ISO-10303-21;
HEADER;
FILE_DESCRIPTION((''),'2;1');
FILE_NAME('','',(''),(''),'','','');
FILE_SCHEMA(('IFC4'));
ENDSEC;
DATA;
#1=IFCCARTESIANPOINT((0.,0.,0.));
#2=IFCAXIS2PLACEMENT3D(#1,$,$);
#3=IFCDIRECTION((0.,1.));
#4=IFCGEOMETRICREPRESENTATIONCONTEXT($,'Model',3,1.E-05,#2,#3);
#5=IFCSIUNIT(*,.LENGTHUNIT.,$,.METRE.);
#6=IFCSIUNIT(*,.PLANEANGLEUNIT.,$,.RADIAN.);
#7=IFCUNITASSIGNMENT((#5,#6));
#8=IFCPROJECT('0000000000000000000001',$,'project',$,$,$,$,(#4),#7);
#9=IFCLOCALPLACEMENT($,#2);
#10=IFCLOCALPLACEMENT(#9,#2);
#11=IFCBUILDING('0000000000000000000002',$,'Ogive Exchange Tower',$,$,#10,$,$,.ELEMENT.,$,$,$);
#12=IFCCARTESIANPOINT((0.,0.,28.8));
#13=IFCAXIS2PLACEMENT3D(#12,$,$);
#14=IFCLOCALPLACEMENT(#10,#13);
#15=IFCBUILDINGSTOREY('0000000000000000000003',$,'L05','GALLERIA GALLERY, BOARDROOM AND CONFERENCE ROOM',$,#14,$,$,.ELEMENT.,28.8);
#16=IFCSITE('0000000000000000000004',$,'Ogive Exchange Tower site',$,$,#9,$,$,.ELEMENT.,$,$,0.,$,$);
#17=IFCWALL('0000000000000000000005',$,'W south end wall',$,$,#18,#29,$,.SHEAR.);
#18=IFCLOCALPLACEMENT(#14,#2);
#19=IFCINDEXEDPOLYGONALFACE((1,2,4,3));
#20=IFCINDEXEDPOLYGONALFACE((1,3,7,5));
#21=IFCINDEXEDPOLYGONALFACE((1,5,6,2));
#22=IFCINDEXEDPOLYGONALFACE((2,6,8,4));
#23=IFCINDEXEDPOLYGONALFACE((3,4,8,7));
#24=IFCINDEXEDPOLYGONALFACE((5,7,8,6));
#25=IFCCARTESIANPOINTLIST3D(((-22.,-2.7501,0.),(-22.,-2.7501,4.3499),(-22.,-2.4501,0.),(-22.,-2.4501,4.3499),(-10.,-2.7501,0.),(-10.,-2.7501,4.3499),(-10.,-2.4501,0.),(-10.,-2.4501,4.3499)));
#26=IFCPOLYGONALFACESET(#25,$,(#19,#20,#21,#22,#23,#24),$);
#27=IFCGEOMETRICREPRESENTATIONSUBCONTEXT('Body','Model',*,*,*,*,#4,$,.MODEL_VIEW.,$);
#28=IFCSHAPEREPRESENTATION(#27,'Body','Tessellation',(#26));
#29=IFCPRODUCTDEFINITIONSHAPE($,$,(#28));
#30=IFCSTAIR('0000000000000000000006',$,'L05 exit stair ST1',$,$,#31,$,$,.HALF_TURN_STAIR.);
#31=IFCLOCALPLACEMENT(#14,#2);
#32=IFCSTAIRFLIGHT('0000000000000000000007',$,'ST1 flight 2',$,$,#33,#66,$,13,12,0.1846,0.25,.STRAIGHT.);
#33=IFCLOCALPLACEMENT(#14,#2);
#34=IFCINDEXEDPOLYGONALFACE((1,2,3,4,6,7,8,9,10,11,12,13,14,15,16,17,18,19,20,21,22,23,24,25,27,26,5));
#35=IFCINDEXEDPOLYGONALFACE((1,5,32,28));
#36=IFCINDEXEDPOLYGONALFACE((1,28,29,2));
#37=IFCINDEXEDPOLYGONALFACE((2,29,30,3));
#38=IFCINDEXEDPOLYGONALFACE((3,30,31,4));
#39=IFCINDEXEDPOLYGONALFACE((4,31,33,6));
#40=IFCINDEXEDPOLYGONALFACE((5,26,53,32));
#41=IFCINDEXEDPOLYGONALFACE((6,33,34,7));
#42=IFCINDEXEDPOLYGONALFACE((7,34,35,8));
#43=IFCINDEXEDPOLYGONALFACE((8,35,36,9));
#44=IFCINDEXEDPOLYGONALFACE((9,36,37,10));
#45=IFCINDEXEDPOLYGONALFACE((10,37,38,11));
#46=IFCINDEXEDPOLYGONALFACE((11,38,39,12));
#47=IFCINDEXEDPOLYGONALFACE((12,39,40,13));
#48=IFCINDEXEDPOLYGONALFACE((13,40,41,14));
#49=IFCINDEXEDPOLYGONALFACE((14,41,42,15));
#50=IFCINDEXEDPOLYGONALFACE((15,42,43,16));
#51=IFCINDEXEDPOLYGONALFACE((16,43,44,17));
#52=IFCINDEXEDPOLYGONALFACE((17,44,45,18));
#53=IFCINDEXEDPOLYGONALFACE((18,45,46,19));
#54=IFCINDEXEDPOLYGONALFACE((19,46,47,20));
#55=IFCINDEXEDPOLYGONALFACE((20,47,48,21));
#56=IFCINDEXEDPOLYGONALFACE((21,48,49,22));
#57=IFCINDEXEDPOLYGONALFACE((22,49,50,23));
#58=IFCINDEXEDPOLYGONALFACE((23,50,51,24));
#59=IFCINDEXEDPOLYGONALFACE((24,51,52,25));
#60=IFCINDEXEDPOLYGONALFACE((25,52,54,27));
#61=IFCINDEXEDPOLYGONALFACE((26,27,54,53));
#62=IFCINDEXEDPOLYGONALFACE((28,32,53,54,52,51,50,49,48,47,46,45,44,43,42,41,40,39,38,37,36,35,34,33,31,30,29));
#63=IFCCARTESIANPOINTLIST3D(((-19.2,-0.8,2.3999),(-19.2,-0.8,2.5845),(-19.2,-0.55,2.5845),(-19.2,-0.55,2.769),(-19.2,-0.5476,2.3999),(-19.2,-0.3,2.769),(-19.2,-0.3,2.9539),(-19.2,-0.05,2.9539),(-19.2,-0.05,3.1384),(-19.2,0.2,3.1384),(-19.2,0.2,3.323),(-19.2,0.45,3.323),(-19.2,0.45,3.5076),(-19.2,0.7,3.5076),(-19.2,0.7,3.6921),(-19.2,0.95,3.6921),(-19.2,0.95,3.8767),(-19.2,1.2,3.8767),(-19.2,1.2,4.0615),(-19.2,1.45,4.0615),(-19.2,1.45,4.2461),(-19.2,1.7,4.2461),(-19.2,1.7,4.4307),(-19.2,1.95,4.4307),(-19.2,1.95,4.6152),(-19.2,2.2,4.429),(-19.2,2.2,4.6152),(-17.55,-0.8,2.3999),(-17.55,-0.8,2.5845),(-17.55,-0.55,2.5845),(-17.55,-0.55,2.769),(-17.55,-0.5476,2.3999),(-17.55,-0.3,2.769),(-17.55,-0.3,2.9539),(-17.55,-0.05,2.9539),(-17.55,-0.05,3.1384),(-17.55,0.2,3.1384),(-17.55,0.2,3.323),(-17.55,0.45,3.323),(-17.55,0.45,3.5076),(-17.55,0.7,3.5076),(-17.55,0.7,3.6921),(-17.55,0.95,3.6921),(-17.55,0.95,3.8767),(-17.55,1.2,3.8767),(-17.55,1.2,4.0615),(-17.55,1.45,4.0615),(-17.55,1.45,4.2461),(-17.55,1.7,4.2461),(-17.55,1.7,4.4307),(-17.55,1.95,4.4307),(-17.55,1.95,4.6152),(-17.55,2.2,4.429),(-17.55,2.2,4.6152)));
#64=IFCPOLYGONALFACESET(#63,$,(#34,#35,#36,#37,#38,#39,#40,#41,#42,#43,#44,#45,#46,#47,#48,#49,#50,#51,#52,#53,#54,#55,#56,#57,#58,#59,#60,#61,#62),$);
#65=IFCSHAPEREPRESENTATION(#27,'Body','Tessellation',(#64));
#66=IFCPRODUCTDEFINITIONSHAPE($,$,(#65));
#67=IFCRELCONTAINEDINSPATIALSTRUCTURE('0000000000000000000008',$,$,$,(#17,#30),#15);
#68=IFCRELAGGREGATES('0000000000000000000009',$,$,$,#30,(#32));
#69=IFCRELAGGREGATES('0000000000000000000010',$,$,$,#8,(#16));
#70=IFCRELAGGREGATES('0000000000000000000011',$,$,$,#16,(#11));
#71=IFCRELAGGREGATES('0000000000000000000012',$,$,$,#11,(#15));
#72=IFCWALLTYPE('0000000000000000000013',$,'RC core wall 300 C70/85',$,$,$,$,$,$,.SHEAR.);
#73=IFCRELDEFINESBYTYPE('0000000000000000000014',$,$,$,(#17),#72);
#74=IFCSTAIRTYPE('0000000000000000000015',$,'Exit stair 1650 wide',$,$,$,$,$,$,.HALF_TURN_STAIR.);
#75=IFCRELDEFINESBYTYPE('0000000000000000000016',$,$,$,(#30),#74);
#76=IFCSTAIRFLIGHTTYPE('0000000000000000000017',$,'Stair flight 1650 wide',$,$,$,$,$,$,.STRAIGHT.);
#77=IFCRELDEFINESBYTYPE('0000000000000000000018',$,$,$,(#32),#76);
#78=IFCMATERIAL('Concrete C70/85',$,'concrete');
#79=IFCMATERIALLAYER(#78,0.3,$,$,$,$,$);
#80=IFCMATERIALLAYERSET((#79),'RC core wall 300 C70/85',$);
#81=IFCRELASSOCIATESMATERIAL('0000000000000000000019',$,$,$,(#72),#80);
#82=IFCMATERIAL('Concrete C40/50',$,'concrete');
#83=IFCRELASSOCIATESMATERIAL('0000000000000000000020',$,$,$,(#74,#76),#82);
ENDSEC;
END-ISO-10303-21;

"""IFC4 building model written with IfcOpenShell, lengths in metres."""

from ifc_helpers import new_model, si_unit, direction, frame, frame_2d, origin, place, context, subcontext, project, spatial, polyline, rectangle, outline, extrude, material, layer, layer_set, type_object, element, aggregate, save


model = new_model("IFC4")

# Units and contexts
model_context = context("Model", 3, precision=1e-05, world=origin(), true_north=direction((0.0, 1.0)))
body_context = subcontext(model_context, "Body", "Model", "MODEL_VIEW")
ifc_project = project(units=[si_unit("LENGTHUNIT", "METRE"), si_unit("PLANEANGLEUNIT", "RADIAN")], contexts=[model_context])

# Site, building, storey
site_placement = place(None, origin())
site = spatial("IfcSite", under=ifc_project, at=site_placement, Name="Ogive Exchange Tower site", CompositionType="ELEMENT", RefElevation=0.0)
building_placement = place(site_placement, origin())
building = spatial("IfcBuilding", under=site, at=building_placement, Name="Ogive Exchange Tower", CompositionType="ELEMENT")
storey_placement = place(building_placement, frame((0.0, 0.0, 28.8)))
storey = spatial("IfcBuildingStorey", under=building, at=storey_placement, Name="L05", Description="GALLERIA GALLERY, BOARDROOM AND CONFERENCE ROOM", CompositionType="ELEMENT", Elevation=28.8)

# Shared definitions
ifc_material_1 = material(Name="Concrete C70/85", Category="concrete")

# Wall
ifc_layer_1 = layer(ifc_material_1, 0.3)
ifc_layer_set_1 = layer_set([ifc_layer_1], Name="RC core wall 300 C70/85")
wall_type_1 = type_object("IfcWallType", Name="RC core wall 300 C70/85", PredefinedType="SHEAR", material=ifc_layer_set_1)
wall_1_placement = place(storey_placement, frame((-22.0, -2.6001, 0.0), z_axis=(0.0, 0.0, 1.0), x_axis=(1.0, 0.0, 0.0)))
element("IfcWall", 1, at=wall_1_placement, inside=storey, type_object=wall_type_1, Name="W south end wall", PredefinedType="SHEAR", context=body_context, shape_type="SweptSolid", body=[
    extrude(rectangle(XDim=12.0, YDim=0.3, at=frame_2d((6.0, 0.0))), origin(), (0.0, 0.0, 1.0), 4.3499),
])

# Stair, stair flight
ifc_material_2 = material(Name="Concrete C40/50", Category="concrete")
stair_type = type_object("IfcStairType", Name="Exit stair 1650 wide", PredefinedType="HALF_TURN_STAIR", material=ifc_material_2)
stair_placement = place(storey_placement, origin())
stair = element("IfcStair", 2, at=stair_placement, inside=storey, type_object=stair_type, Name="L05 exit stair ST1", PredefinedType="HALF_TURN_STAIR")
stair_flight_type = type_object("IfcStairFlightType", Name="Stair flight 1650 wide", PredefinedType="STRAIGHT", material=ifc_material_2)
stair_flight_placement = place(storey_placement, frame((-18.375, -0.8, 2.3999), z_axis=(0.0, 0.0, 1.0), x_axis=(0.0, 1.0, 0.0)))
stair_flight = element("IfcStairFlight", 3, at=stair_flight_placement, type_object=stair_flight_type, Name="ST1 flight 2", NumberOfRisers=13, NumberOfTreads=12, PredefinedType="STRAIGHT", RiserHeight=0.1846, TreadLength=0.25, context=body_context, shape_type="SweptSolid", body=[
    extrude(outline(polyline([(0.0, 0.0), (0.0, 0.1846), (0.25, 0.1846), (0.25, 0.3691), (0.5, 0.3691), (0.5, 0.554), (0.75, 0.554), (0.75, 0.7385), (1.0, 0.7385), (1.0, 0.9231), (1.25, 0.9231), (1.25, 1.1077), (1.5, 1.1077), (1.5, 1.2922), (1.75, 1.2922), (1.75, 1.4768), (2.0, 1.4768), (2.0, 1.6616), (2.25, 1.6616), (2.25, 1.8462), (2.5, 1.8462), (2.5, 2.0308), (2.75, 2.0308), (2.75, 2.2153), (3.0, 2.2153), (3.0, 2.3999), (3.0, 2.0291), (0.2524, 0.0), (0.0, 0.0)])), frame((0.0, 0.825, 0.0), z_axis=(0.0, -1.0, 0.0), x_axis=(1.0, 0.0, 0.0)), (0.0, 0.0, 1.0), 1.6499),
])
aggregate(stair, [stair_flight])

save(model, "model.ifc")
